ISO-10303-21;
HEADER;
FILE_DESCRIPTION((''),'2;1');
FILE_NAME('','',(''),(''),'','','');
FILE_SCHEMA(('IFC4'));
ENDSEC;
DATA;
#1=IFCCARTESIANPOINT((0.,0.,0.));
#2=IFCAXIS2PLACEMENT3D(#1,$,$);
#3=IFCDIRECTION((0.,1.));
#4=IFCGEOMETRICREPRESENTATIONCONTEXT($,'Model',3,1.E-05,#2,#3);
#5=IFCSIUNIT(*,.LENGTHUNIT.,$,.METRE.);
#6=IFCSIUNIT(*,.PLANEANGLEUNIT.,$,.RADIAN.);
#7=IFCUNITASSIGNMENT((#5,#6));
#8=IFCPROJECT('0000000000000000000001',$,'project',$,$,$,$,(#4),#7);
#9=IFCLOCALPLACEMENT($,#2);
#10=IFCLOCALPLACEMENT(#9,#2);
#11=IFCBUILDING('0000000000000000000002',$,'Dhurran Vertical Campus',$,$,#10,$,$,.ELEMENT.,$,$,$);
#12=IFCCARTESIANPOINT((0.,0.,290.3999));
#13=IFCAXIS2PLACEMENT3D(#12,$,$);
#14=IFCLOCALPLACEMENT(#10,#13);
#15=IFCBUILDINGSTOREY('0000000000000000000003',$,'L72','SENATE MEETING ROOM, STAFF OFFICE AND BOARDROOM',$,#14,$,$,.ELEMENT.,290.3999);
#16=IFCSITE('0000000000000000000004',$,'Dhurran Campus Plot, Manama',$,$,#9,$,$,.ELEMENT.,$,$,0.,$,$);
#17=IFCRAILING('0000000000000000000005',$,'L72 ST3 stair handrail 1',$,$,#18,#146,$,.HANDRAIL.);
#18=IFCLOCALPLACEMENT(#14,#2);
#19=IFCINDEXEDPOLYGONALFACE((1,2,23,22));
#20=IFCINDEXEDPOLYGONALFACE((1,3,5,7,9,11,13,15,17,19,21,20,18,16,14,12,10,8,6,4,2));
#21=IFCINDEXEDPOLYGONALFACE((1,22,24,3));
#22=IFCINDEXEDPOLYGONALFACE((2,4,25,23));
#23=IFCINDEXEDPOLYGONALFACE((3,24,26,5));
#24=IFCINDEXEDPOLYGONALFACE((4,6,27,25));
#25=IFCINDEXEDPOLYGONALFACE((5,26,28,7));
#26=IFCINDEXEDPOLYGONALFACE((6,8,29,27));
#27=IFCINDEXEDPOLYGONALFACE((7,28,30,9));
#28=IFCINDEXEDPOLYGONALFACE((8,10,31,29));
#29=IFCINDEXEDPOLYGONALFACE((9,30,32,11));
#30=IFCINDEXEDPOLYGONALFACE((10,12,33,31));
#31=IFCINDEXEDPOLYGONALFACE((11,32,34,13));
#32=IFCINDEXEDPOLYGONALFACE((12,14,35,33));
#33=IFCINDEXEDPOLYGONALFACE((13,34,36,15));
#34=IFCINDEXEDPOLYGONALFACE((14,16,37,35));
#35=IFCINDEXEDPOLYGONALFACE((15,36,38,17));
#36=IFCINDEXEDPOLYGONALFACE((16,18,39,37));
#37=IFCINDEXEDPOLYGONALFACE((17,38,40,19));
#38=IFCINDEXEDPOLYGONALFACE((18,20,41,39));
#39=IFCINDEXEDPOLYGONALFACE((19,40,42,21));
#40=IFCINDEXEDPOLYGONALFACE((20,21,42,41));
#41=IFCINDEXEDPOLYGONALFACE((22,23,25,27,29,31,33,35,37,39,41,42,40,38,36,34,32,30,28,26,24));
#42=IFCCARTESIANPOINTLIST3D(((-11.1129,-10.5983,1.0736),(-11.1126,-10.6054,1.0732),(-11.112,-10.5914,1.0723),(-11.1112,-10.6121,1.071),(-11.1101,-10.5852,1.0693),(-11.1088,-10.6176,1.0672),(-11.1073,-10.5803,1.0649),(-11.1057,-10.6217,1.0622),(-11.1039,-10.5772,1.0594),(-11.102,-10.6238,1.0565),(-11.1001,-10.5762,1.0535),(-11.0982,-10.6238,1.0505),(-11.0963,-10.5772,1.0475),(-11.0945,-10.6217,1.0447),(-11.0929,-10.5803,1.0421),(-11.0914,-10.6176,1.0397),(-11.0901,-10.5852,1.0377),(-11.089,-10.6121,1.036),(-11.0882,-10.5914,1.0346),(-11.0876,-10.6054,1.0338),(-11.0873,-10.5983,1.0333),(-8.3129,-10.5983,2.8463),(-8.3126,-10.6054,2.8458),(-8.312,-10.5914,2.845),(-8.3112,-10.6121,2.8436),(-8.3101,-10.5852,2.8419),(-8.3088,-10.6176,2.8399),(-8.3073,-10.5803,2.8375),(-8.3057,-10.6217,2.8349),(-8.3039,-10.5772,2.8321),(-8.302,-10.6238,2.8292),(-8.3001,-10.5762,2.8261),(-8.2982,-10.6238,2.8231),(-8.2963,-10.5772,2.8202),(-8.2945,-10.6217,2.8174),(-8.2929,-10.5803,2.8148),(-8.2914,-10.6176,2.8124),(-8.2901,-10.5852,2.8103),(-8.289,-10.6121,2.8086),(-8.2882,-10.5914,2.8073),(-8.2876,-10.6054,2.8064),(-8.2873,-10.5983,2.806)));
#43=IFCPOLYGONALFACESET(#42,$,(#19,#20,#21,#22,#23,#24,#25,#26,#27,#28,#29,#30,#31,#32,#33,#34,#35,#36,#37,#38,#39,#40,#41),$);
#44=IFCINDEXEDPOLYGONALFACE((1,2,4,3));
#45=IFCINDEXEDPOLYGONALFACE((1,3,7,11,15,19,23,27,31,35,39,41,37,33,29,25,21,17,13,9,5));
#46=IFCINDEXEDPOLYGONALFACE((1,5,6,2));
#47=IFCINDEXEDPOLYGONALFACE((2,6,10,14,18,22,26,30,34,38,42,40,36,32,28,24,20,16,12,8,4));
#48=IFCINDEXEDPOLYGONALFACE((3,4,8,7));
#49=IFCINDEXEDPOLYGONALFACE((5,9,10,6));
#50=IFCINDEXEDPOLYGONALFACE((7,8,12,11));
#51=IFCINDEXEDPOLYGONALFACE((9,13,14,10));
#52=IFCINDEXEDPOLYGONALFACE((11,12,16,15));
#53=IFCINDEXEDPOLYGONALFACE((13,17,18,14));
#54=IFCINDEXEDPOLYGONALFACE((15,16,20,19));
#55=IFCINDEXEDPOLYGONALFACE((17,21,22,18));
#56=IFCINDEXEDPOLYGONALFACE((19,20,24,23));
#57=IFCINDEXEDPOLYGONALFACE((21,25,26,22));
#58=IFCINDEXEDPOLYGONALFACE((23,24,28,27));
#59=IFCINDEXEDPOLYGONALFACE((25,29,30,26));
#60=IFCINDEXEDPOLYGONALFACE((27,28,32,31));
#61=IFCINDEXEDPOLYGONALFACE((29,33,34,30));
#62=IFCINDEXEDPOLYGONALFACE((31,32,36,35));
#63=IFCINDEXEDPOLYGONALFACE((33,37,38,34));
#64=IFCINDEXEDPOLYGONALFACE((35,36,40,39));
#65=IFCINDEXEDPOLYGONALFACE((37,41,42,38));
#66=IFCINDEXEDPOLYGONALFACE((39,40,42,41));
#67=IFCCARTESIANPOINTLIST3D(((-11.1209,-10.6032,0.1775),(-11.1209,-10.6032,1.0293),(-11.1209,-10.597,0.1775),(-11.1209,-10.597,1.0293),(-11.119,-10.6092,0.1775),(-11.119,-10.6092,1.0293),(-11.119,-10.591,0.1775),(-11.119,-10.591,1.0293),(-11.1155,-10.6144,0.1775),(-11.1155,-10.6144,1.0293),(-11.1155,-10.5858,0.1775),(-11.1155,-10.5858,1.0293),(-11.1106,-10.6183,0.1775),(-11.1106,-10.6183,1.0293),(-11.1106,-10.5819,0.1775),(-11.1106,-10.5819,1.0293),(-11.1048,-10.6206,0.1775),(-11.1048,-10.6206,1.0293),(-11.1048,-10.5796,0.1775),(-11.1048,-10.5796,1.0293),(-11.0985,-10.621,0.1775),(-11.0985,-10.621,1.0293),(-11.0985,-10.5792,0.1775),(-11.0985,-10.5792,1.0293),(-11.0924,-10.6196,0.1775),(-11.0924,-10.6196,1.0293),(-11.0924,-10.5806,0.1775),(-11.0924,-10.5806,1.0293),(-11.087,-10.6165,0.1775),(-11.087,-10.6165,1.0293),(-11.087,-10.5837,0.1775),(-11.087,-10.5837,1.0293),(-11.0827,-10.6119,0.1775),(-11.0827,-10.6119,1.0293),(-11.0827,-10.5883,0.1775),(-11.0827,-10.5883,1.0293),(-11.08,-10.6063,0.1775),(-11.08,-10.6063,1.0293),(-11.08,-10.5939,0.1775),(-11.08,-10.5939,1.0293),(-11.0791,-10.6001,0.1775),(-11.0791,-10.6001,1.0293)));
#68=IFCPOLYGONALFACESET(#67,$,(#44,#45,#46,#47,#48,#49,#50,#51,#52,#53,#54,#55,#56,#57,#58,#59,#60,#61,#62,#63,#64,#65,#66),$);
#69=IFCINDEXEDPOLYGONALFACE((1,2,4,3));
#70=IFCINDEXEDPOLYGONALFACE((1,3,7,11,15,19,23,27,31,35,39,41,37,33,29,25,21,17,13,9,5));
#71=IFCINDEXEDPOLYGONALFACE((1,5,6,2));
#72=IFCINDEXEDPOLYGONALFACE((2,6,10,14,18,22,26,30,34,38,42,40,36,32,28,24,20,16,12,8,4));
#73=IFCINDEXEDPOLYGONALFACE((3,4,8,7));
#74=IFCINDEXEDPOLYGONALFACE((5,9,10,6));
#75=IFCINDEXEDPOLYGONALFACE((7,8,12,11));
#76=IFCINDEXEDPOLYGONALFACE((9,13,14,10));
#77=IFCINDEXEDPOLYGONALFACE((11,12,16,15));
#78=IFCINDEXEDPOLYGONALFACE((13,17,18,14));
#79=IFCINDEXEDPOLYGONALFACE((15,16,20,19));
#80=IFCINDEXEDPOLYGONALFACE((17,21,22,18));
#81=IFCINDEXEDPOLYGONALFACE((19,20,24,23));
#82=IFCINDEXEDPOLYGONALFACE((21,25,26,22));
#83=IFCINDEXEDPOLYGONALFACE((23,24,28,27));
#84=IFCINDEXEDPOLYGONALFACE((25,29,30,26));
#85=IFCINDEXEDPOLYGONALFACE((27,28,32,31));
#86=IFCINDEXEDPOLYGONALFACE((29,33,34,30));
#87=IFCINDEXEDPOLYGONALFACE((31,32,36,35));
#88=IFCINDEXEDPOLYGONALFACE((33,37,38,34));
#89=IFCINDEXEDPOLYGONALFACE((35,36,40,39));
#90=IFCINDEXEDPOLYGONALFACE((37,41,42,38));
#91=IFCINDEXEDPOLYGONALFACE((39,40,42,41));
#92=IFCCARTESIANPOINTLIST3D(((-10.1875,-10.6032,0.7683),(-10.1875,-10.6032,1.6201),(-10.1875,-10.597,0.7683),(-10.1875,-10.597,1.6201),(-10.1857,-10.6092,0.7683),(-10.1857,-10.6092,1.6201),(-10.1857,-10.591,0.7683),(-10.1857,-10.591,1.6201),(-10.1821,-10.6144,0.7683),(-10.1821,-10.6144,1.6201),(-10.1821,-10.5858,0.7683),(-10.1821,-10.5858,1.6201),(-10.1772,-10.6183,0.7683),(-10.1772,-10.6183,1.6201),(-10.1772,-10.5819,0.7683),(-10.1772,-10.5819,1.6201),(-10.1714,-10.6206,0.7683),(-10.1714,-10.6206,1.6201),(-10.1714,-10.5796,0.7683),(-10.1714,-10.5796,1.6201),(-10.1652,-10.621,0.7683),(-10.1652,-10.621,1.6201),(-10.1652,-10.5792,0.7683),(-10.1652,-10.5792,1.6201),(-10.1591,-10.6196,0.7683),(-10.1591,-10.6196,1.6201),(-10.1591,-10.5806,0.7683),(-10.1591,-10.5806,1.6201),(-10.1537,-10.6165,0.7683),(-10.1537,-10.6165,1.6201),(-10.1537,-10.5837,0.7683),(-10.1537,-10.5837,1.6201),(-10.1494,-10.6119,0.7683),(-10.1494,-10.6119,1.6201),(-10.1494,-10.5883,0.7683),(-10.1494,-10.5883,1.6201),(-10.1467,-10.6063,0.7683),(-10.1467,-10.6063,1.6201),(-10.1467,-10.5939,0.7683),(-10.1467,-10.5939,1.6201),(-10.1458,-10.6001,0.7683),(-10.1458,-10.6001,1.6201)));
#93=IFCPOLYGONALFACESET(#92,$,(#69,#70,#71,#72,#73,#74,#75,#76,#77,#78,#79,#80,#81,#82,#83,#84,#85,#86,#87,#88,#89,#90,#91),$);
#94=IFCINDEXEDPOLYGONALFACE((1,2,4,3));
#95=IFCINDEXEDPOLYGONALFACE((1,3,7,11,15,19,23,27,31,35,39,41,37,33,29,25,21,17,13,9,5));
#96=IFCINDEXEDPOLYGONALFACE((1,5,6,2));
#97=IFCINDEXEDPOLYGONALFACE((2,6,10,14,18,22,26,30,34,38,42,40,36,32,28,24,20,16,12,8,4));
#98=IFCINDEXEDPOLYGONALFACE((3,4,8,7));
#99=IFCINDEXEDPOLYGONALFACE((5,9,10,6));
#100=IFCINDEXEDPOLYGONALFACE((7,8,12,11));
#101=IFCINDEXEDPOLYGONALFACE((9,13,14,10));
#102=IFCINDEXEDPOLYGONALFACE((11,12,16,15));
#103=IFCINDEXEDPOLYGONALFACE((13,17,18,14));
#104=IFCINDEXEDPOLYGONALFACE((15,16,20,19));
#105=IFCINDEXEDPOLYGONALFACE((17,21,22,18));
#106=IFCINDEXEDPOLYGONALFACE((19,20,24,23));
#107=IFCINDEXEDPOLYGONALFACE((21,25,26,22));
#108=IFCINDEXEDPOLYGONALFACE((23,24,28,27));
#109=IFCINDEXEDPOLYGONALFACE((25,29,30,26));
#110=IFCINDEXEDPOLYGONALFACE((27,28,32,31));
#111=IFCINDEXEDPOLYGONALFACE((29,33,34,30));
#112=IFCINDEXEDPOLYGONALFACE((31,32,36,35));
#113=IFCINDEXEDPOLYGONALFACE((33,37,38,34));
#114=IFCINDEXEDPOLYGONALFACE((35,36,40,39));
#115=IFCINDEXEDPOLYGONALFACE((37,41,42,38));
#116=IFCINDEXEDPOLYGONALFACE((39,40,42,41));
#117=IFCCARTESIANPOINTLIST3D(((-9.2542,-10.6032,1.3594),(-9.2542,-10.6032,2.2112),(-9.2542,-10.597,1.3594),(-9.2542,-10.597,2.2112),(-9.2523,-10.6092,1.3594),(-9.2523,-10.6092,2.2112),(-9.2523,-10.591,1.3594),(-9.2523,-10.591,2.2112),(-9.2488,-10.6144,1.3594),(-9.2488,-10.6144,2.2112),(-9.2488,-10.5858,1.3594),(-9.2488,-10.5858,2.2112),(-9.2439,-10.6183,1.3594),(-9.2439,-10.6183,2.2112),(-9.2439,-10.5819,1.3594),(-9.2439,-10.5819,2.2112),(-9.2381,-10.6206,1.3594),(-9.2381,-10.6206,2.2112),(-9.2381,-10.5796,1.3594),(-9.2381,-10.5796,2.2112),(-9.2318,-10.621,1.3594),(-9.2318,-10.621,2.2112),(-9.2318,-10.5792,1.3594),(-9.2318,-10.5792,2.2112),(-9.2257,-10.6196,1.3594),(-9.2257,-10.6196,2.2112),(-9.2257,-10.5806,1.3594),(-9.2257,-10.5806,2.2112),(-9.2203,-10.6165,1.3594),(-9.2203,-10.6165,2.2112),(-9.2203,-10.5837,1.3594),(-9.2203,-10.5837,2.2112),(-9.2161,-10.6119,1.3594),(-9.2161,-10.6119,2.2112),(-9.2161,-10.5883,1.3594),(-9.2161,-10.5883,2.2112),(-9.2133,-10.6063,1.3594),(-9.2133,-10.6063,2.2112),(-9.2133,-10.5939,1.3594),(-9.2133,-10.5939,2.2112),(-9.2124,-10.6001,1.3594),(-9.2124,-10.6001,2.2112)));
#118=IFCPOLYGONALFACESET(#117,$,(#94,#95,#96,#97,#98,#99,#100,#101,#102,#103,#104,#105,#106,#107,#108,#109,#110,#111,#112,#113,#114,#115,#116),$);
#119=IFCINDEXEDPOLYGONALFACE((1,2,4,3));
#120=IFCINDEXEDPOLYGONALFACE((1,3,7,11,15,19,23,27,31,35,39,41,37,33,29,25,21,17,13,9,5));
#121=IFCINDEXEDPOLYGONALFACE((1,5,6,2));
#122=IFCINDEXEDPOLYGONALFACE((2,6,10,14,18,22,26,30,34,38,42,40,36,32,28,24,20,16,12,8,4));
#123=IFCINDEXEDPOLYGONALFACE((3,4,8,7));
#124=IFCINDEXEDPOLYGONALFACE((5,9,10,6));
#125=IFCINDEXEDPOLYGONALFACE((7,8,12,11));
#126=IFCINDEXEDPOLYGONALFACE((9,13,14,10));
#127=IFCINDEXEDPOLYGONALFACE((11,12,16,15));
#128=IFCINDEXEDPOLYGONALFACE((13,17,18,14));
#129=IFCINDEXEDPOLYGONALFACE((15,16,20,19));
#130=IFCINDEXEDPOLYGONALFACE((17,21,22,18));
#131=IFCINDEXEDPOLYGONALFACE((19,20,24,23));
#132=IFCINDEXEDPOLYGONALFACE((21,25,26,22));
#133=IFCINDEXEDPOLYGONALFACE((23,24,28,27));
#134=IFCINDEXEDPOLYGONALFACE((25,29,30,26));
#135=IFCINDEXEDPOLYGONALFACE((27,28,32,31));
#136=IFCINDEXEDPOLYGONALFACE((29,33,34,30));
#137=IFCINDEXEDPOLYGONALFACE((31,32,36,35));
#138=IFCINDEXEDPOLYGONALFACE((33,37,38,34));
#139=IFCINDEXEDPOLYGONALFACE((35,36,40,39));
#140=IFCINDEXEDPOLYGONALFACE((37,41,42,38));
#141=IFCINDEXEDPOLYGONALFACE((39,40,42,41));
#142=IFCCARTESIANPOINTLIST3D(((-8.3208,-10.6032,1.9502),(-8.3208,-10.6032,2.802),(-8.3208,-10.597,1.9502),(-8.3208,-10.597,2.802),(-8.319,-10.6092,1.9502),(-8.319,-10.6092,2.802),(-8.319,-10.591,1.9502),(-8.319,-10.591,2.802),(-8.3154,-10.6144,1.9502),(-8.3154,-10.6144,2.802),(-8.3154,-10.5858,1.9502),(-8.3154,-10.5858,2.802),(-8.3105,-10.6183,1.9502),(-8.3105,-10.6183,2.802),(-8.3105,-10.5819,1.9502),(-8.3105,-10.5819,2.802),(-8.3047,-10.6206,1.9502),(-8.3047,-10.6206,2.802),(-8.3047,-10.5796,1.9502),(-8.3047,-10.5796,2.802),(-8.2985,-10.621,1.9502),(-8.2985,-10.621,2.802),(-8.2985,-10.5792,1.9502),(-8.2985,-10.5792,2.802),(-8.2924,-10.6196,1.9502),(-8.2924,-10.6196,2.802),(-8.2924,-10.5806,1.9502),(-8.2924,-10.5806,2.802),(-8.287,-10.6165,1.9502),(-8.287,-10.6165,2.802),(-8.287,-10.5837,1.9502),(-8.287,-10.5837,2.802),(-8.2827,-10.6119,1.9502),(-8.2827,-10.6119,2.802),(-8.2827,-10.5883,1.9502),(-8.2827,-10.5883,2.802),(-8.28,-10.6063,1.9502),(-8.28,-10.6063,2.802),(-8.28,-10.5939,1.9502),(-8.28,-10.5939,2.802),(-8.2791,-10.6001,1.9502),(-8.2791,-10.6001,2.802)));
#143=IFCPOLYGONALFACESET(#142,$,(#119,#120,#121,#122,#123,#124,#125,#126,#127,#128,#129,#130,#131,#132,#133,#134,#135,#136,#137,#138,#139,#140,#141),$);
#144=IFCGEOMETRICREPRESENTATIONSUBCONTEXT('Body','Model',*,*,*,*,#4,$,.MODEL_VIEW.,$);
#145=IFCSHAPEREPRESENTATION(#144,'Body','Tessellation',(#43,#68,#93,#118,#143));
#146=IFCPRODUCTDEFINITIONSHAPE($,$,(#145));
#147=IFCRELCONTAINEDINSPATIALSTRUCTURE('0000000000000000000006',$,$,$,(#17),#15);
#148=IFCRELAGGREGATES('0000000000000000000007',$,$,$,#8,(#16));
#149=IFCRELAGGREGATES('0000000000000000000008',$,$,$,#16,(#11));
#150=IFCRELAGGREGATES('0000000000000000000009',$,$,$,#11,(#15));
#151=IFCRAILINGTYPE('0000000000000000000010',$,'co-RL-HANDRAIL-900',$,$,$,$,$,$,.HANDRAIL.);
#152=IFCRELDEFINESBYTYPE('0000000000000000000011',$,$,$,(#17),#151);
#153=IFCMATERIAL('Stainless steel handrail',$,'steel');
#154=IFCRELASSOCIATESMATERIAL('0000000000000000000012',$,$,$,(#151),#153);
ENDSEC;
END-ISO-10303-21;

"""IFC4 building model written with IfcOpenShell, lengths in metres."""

from ifc_helpers import new_model, si_unit, direction, frame, origin, origin_2d, place, context, subcontext, project, spatial, circle, extrude, material, type_object, element, save


model = new_model("IFC4")

# Units and contexts
model_context = context("Model", 3, precision=1e-05, world=origin(), true_north=direction((0.0, 1.0)))
body_context = subcontext(model_context, "Body", "Model", "MODEL_VIEW")
ifc_project = project(units=[si_unit("LENGTHUNIT", "METRE"), si_unit("PLANEANGLEUNIT", "RADIAN")], contexts=[model_context])

# Site, building, storey
site_placement = place(None, origin())
site = spatial("IfcSite", under=ifc_project, at=site_placement, Name="Dhurran Campus Plot, Manama", CompositionType="ELEMENT", RefElevation=0.0)
building_placement = place(site_placement, origin())
building = spatial("IfcBuilding", under=site, at=building_placement, Name="Dhurran Vertical Campus", CompositionType="ELEMENT")
storey_placement = place(building_placement, frame((0.0, 0.0, 290.3999)))
storey = spatial("IfcBuildingStorey", under=building, at=storey_placement, Name="L72", Description="SENATE MEETING ROOM, STAFF OFFICE AND BOARDROOM", CompositionType="ELEMENT", Elevation=290.3999)

# Railing
ifc_material_1 = material(Name="Stainless steel handrail", Category="steel")
railing_type_1 = type_object("IfcRailingType", Name="co-RL-HANDRAIL-900", PredefinedType="HANDRAIL", material=ifc_material_1)
railing_1_placement = place(storey_placement, frame((-11.1001, -10.6001, 0.1775)))
element("IfcRailing", 1, at=railing_1_placement, inside=storey, type_object=railing_type_1, Name="L72 ST3 stair handrail 1", PredefinedType="HANDRAIL", context=body_context, shape_type="SweptSolid", body=[
    extrude(circle(Radius=0.0239, at=origin_2d()), frame((0.0, 0.0, 0.876), z_axis=(0.844909, 0.0, 0.53491), x_axis=(0.0, 1.0, 0.0)), (0.0, 0.0, 1.0), 3.314),
    extrude(circle(Radius=0.021, at=origin_2d()), origin(), (0.0, 0.0, 1.0), 0.8518),
    extrude(circle(Radius=0.021, at=origin_2d()), frame((0.9333, 0.0, 0.5908)), (0.0, 0.0, 1.0), 0.8518),
    extrude(circle(Radius=0.021, at=origin_2d()), frame((1.8667, 0.0, 1.1819)), (0.0, 0.0, 1.0), 0.8518),
    extrude(circle(Radius=0.021, at=origin_2d()), frame((2.8, 0.0, 1.7727)), (0.0, 0.0, 1.0), 0.8518),
])

save(model, "model.ifc")
